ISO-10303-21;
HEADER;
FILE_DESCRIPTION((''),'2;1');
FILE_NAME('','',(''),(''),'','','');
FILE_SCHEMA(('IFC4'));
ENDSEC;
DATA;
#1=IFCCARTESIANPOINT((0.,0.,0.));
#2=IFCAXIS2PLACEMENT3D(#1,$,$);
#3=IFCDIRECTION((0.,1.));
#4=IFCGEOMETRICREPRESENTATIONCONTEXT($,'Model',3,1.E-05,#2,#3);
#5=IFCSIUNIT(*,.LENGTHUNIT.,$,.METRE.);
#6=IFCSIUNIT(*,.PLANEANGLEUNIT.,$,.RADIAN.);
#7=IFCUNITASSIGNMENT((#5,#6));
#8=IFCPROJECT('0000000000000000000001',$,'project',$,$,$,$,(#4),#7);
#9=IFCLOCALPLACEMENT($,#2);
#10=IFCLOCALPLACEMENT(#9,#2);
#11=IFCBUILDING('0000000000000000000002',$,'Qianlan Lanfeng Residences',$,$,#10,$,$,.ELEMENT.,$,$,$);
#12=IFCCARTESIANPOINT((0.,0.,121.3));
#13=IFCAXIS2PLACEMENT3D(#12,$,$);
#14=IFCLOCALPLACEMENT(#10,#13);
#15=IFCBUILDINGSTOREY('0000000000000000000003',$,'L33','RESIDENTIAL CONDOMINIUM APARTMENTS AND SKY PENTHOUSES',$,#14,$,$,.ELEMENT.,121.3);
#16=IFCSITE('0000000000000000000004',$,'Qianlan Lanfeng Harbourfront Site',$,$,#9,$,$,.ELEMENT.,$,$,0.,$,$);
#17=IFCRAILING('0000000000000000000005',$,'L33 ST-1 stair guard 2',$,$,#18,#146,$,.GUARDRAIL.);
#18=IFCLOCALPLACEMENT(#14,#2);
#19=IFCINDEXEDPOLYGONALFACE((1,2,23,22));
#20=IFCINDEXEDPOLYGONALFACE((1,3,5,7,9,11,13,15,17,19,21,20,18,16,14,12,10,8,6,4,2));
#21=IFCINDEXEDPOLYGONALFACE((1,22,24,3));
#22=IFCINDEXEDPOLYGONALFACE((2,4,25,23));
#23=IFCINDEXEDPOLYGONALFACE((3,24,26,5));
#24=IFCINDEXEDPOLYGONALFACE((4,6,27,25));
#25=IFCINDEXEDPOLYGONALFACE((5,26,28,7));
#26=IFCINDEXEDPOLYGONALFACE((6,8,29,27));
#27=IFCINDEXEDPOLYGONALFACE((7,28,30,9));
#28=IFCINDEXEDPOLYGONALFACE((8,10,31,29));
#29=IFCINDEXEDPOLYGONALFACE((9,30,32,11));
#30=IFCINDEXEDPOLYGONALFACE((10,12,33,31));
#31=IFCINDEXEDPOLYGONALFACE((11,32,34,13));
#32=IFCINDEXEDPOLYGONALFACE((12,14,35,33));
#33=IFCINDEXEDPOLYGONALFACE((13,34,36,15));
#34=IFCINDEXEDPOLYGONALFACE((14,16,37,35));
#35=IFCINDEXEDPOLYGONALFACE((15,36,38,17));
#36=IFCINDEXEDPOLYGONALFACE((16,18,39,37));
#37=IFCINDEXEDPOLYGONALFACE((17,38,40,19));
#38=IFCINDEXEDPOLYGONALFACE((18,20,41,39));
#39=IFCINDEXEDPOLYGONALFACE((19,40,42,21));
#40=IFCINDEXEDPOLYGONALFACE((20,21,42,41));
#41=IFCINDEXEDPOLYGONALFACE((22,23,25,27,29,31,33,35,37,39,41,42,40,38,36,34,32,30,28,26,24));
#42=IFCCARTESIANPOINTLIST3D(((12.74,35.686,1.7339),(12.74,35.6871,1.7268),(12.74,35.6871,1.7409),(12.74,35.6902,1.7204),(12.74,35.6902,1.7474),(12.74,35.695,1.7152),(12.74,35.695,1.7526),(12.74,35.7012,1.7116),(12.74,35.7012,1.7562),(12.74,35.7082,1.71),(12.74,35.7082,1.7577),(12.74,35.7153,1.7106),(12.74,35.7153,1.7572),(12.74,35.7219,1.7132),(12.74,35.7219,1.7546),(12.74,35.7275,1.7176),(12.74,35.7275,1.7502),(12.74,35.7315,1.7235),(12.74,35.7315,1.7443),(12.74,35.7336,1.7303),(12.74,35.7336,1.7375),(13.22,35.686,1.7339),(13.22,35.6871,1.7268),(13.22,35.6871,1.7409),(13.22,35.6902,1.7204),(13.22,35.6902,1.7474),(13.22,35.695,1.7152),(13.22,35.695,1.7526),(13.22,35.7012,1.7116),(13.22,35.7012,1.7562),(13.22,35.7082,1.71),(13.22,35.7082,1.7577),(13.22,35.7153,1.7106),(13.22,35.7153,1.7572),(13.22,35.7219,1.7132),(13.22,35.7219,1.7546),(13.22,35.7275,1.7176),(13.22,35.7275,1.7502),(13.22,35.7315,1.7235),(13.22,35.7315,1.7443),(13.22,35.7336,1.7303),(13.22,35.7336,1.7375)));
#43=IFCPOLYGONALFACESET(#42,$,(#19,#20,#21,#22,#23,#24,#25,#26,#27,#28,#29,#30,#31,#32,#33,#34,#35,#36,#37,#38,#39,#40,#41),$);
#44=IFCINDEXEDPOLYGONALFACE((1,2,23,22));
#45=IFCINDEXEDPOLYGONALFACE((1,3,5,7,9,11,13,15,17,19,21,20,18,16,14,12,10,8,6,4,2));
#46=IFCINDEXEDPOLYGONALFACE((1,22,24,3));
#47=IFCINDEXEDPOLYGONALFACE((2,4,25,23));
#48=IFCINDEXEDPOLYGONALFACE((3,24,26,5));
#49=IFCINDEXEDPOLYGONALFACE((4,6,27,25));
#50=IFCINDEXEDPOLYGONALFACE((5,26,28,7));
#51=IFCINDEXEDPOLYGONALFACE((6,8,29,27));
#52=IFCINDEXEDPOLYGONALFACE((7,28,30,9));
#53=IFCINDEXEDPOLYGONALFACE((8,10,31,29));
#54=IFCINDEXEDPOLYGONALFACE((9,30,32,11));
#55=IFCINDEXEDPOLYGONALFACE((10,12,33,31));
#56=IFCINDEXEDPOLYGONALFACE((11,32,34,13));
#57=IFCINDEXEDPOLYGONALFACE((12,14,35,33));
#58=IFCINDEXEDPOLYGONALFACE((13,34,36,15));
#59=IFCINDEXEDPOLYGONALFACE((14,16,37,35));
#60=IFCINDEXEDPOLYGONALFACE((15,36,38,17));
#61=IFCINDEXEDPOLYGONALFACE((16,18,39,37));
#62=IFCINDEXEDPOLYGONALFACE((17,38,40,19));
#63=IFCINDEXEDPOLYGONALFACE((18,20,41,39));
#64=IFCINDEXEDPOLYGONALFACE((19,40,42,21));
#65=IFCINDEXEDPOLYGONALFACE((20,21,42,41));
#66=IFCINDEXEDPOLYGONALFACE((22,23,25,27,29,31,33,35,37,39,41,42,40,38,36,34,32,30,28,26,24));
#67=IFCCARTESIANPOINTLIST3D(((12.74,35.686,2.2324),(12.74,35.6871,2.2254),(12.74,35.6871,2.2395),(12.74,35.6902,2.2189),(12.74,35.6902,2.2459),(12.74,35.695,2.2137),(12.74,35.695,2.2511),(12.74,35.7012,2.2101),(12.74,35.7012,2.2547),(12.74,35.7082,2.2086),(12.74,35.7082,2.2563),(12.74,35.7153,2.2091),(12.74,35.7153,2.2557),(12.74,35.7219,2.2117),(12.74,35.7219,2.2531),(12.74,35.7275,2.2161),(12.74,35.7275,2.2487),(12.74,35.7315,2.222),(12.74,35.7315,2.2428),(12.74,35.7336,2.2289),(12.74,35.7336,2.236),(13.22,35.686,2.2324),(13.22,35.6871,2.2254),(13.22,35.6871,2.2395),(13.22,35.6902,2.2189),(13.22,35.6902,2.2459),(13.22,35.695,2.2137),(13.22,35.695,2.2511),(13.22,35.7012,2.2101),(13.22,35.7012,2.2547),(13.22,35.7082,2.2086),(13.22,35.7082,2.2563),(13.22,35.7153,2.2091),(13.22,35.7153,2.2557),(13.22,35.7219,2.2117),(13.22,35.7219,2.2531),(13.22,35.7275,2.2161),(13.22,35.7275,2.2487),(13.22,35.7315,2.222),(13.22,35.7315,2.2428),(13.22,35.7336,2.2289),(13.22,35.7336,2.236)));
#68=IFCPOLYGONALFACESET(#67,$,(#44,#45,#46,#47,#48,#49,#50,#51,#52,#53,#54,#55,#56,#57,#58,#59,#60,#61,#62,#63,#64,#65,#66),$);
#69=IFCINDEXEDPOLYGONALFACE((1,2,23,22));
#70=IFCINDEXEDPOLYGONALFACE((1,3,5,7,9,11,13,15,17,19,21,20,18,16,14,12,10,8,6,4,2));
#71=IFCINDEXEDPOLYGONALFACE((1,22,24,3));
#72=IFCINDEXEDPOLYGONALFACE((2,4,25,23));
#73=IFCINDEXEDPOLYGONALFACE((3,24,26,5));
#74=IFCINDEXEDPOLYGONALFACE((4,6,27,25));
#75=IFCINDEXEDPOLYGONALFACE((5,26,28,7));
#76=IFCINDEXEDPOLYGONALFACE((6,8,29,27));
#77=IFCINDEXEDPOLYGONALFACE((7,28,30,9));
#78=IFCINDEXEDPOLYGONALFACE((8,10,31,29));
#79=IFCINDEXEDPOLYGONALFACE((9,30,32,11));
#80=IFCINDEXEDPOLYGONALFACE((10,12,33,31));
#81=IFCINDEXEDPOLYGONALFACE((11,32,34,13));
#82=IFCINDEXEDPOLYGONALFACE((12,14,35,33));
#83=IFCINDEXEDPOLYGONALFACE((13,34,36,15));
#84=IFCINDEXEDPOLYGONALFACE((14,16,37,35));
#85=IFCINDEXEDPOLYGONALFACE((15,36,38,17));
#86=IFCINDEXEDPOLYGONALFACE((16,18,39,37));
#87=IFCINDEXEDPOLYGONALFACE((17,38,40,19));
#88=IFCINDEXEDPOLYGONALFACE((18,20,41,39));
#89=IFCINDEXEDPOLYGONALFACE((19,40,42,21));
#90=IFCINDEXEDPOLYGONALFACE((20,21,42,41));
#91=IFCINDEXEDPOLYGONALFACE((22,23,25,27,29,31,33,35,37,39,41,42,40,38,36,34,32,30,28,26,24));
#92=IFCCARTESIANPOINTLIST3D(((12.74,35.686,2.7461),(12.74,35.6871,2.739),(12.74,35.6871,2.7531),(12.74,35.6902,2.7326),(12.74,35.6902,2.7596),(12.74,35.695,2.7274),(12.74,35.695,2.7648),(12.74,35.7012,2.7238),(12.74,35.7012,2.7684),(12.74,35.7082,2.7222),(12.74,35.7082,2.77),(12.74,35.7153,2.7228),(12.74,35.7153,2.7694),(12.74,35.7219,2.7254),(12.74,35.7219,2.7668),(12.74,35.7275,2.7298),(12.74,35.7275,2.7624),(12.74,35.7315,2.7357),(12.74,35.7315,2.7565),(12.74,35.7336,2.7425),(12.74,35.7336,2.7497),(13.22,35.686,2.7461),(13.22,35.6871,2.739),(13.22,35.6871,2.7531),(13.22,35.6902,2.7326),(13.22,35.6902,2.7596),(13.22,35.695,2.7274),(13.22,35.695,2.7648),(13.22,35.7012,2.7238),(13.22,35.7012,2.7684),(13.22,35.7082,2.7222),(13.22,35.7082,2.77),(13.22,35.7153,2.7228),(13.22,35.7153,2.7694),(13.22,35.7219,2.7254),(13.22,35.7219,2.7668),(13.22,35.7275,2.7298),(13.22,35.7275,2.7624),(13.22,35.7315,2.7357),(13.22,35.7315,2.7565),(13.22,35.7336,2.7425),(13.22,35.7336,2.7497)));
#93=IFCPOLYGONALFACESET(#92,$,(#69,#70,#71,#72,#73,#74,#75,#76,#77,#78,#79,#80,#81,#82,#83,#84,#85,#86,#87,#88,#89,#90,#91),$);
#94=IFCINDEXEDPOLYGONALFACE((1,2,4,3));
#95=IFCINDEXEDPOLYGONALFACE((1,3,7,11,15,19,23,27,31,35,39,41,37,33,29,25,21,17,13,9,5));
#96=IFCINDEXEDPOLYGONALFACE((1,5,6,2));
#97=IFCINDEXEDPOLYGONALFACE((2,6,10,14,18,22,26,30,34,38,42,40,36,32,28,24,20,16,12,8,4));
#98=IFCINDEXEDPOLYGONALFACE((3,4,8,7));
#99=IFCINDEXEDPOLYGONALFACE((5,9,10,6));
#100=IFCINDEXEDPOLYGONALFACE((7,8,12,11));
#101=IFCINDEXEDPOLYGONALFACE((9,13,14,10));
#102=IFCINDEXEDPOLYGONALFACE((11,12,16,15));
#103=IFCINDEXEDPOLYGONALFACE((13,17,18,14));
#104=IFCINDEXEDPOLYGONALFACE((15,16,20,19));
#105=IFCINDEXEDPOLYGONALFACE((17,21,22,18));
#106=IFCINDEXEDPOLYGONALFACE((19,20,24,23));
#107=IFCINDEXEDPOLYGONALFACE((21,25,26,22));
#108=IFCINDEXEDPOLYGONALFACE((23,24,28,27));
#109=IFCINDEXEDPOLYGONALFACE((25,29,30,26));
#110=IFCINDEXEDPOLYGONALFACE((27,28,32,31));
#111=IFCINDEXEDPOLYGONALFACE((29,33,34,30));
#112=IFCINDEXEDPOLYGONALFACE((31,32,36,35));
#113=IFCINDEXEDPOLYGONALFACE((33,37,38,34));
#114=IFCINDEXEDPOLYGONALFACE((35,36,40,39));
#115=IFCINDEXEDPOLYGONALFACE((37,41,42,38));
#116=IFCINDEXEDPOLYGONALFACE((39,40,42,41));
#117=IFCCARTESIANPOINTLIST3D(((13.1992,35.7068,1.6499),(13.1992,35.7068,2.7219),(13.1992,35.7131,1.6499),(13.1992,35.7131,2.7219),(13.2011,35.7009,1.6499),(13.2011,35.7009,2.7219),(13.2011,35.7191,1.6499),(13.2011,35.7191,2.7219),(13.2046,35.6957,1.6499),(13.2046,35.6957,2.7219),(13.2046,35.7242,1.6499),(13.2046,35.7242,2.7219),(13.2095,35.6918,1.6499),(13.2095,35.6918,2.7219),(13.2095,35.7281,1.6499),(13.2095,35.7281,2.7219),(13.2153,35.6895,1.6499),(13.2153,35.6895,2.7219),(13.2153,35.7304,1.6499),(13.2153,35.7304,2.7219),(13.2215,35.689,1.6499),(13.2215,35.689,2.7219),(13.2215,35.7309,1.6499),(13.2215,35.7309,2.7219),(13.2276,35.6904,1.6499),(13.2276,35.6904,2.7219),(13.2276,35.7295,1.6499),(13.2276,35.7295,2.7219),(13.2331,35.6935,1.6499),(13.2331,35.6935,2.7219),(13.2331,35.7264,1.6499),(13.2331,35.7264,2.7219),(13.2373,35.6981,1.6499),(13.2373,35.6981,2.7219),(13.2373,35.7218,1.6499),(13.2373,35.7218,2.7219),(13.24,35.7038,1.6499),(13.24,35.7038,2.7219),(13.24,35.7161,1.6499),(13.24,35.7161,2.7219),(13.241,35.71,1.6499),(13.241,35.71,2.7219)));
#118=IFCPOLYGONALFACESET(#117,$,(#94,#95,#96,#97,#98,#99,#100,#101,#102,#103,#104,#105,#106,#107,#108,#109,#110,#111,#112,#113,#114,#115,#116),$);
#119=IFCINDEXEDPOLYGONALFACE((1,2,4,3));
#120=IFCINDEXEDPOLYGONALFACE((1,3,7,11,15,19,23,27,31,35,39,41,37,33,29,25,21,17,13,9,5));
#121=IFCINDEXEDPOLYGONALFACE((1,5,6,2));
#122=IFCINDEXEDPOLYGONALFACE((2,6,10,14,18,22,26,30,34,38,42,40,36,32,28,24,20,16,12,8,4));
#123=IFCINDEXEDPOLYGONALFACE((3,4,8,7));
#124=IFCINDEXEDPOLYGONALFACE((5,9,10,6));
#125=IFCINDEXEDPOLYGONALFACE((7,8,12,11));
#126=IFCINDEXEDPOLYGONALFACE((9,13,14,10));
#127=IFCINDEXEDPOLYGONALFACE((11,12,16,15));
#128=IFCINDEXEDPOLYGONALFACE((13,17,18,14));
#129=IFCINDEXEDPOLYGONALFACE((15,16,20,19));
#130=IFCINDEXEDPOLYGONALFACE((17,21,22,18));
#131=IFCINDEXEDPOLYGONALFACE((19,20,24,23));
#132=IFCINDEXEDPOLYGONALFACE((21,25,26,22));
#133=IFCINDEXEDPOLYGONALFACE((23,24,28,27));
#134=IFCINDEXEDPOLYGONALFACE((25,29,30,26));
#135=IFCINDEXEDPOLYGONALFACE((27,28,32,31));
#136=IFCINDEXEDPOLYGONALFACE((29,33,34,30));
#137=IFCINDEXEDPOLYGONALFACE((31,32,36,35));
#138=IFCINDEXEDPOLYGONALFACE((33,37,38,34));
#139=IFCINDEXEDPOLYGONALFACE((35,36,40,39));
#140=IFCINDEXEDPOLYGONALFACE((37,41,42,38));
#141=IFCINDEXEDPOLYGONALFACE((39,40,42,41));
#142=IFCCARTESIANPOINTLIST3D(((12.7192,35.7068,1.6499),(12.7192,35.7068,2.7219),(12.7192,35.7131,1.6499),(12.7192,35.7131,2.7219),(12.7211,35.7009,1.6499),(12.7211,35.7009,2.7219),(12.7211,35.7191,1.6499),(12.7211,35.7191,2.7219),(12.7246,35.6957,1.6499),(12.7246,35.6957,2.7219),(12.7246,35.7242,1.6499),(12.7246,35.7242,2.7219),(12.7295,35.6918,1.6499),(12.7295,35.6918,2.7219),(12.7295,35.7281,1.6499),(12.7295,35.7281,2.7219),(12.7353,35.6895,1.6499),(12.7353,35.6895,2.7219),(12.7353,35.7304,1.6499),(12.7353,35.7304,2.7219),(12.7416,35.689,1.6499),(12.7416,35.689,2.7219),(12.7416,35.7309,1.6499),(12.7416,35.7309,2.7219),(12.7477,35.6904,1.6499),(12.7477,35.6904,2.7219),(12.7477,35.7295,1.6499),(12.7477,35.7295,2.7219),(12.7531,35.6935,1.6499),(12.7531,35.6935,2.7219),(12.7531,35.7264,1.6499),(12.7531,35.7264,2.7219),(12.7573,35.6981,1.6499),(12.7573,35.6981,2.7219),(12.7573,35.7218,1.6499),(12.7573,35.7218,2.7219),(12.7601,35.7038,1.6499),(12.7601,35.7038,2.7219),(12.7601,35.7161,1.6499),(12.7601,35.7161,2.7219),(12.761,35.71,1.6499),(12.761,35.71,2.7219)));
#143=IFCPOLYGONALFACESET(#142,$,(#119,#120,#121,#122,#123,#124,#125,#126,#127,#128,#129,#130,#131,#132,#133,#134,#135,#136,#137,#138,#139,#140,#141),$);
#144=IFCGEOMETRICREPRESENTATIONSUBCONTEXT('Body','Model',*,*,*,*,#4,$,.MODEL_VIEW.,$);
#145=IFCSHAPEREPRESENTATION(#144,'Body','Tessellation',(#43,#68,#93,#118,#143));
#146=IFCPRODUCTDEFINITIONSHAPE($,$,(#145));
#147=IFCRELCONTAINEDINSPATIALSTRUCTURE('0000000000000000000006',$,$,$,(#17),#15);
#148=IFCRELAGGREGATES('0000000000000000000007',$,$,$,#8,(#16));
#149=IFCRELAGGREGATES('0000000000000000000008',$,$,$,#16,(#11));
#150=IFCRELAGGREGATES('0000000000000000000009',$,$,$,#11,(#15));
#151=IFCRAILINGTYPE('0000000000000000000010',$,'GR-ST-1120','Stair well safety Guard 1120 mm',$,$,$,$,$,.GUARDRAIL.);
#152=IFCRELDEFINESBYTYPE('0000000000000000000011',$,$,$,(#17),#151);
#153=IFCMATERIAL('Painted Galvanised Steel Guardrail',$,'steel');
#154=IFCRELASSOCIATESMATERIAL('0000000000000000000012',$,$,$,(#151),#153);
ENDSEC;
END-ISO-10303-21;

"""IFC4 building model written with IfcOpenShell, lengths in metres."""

from ifc_helpers import new_model, si_unit, direction, frame, origin, origin_2d, place, context, subcontext, project, spatial, circle, extrude, material, type_object, element, save


model = new_model("IFC4")

# Units and contexts
model_context = context("Model", 3, precision=1e-05, world=origin(), true_north=direction((0.0, 1.0)))
body_context = subcontext(model_context, "Body", "Model", "MODEL_VIEW")
ifc_project = project(units=[si_unit("LENGTHUNIT", "METRE"), si_unit("PLANEANGLEUNIT", "RADIAN")], contexts=[model_context])

# Site, building, storey
site_placement = place(None, origin())
site = spatial("IfcSite", under=ifc_project, at=site_placement, Name="Qianlan Lanfeng Harbourfront Site", CompositionType="ELEMENT", RefElevation=0.0)
building_placement = place(site_placement, origin())
building = spatial("IfcBuilding", under=site, at=building_placement, Name="Qianlan Lanfeng Residences", CompositionType="ELEMENT")
storey_placement = place(building_placement, frame((0.0, 0.0, 121.3)))
storey = spatial("IfcBuildingStorey", under=building, at=storey_placement, Name="L33", Description="RESIDENTIAL CONDOMINIUM APARTMENTS AND SKY PENTHOUSES", CompositionType="ELEMENT", Elevation=121.3)

# Railing
ifc_material_1 = material(Name="Painted Galvanised Steel Guardrail", Category="steel")
railing_type_1 = type_object("IfcRailingType", Name="GR-ST-1120", Description="Stair well safety Guard 1120 mm", PredefinedType="GUARDRAIL", material=ifc_material_1)
railing_1_placement = place(storey_placement, frame((13.22, 35.71, 1.6499)))
element("IfcRailing", 1, at=railing_1_placement, inside=storey, type_object=railing_type_1, Name="L33 ST-1 stair guard 2", PredefinedType="GUARDRAIL", context=body_context, shape_type="SweptSolid", body=[
    extrude(circle(Radius=0.0239, at=origin_2d()), frame((0.0, 0.0, 0.084), z_axis=(-1.0, 0.0, 0.0), x_axis=(0.0, -1.0, 0.0)), (0.0, 0.0, 1.0), 0.48),
    extrude(circle(Radius=0.0239, at=origin_2d()), frame((0.0, 0.0, 0.5825), z_axis=(-1.0, 0.0, 0.0), x_axis=(0.0, -1.0, 0.0)), (0.0, 0.0, 1.0), 0.48),
    extrude(circle(Radius=0.0239, at=origin_2d()), frame((0.0, 0.0, 1.0962), z_axis=(-1.0, 0.0, 0.0), x_axis=(0.0, -1.0, 0.0)), (0.0, 0.0, 1.0), 0.48),
    extrude(circle(Radius=0.021, at=origin_2d()), origin(), (0.0, 0.0, 1.0), 1.072),
    extrude(circle(Radius=0.021, at=origin_2d()), frame((-0.48, 0.0, 0.0)), (0.0, 0.0, 1.0), 1.072),
])

save(model, "model.ifc")
